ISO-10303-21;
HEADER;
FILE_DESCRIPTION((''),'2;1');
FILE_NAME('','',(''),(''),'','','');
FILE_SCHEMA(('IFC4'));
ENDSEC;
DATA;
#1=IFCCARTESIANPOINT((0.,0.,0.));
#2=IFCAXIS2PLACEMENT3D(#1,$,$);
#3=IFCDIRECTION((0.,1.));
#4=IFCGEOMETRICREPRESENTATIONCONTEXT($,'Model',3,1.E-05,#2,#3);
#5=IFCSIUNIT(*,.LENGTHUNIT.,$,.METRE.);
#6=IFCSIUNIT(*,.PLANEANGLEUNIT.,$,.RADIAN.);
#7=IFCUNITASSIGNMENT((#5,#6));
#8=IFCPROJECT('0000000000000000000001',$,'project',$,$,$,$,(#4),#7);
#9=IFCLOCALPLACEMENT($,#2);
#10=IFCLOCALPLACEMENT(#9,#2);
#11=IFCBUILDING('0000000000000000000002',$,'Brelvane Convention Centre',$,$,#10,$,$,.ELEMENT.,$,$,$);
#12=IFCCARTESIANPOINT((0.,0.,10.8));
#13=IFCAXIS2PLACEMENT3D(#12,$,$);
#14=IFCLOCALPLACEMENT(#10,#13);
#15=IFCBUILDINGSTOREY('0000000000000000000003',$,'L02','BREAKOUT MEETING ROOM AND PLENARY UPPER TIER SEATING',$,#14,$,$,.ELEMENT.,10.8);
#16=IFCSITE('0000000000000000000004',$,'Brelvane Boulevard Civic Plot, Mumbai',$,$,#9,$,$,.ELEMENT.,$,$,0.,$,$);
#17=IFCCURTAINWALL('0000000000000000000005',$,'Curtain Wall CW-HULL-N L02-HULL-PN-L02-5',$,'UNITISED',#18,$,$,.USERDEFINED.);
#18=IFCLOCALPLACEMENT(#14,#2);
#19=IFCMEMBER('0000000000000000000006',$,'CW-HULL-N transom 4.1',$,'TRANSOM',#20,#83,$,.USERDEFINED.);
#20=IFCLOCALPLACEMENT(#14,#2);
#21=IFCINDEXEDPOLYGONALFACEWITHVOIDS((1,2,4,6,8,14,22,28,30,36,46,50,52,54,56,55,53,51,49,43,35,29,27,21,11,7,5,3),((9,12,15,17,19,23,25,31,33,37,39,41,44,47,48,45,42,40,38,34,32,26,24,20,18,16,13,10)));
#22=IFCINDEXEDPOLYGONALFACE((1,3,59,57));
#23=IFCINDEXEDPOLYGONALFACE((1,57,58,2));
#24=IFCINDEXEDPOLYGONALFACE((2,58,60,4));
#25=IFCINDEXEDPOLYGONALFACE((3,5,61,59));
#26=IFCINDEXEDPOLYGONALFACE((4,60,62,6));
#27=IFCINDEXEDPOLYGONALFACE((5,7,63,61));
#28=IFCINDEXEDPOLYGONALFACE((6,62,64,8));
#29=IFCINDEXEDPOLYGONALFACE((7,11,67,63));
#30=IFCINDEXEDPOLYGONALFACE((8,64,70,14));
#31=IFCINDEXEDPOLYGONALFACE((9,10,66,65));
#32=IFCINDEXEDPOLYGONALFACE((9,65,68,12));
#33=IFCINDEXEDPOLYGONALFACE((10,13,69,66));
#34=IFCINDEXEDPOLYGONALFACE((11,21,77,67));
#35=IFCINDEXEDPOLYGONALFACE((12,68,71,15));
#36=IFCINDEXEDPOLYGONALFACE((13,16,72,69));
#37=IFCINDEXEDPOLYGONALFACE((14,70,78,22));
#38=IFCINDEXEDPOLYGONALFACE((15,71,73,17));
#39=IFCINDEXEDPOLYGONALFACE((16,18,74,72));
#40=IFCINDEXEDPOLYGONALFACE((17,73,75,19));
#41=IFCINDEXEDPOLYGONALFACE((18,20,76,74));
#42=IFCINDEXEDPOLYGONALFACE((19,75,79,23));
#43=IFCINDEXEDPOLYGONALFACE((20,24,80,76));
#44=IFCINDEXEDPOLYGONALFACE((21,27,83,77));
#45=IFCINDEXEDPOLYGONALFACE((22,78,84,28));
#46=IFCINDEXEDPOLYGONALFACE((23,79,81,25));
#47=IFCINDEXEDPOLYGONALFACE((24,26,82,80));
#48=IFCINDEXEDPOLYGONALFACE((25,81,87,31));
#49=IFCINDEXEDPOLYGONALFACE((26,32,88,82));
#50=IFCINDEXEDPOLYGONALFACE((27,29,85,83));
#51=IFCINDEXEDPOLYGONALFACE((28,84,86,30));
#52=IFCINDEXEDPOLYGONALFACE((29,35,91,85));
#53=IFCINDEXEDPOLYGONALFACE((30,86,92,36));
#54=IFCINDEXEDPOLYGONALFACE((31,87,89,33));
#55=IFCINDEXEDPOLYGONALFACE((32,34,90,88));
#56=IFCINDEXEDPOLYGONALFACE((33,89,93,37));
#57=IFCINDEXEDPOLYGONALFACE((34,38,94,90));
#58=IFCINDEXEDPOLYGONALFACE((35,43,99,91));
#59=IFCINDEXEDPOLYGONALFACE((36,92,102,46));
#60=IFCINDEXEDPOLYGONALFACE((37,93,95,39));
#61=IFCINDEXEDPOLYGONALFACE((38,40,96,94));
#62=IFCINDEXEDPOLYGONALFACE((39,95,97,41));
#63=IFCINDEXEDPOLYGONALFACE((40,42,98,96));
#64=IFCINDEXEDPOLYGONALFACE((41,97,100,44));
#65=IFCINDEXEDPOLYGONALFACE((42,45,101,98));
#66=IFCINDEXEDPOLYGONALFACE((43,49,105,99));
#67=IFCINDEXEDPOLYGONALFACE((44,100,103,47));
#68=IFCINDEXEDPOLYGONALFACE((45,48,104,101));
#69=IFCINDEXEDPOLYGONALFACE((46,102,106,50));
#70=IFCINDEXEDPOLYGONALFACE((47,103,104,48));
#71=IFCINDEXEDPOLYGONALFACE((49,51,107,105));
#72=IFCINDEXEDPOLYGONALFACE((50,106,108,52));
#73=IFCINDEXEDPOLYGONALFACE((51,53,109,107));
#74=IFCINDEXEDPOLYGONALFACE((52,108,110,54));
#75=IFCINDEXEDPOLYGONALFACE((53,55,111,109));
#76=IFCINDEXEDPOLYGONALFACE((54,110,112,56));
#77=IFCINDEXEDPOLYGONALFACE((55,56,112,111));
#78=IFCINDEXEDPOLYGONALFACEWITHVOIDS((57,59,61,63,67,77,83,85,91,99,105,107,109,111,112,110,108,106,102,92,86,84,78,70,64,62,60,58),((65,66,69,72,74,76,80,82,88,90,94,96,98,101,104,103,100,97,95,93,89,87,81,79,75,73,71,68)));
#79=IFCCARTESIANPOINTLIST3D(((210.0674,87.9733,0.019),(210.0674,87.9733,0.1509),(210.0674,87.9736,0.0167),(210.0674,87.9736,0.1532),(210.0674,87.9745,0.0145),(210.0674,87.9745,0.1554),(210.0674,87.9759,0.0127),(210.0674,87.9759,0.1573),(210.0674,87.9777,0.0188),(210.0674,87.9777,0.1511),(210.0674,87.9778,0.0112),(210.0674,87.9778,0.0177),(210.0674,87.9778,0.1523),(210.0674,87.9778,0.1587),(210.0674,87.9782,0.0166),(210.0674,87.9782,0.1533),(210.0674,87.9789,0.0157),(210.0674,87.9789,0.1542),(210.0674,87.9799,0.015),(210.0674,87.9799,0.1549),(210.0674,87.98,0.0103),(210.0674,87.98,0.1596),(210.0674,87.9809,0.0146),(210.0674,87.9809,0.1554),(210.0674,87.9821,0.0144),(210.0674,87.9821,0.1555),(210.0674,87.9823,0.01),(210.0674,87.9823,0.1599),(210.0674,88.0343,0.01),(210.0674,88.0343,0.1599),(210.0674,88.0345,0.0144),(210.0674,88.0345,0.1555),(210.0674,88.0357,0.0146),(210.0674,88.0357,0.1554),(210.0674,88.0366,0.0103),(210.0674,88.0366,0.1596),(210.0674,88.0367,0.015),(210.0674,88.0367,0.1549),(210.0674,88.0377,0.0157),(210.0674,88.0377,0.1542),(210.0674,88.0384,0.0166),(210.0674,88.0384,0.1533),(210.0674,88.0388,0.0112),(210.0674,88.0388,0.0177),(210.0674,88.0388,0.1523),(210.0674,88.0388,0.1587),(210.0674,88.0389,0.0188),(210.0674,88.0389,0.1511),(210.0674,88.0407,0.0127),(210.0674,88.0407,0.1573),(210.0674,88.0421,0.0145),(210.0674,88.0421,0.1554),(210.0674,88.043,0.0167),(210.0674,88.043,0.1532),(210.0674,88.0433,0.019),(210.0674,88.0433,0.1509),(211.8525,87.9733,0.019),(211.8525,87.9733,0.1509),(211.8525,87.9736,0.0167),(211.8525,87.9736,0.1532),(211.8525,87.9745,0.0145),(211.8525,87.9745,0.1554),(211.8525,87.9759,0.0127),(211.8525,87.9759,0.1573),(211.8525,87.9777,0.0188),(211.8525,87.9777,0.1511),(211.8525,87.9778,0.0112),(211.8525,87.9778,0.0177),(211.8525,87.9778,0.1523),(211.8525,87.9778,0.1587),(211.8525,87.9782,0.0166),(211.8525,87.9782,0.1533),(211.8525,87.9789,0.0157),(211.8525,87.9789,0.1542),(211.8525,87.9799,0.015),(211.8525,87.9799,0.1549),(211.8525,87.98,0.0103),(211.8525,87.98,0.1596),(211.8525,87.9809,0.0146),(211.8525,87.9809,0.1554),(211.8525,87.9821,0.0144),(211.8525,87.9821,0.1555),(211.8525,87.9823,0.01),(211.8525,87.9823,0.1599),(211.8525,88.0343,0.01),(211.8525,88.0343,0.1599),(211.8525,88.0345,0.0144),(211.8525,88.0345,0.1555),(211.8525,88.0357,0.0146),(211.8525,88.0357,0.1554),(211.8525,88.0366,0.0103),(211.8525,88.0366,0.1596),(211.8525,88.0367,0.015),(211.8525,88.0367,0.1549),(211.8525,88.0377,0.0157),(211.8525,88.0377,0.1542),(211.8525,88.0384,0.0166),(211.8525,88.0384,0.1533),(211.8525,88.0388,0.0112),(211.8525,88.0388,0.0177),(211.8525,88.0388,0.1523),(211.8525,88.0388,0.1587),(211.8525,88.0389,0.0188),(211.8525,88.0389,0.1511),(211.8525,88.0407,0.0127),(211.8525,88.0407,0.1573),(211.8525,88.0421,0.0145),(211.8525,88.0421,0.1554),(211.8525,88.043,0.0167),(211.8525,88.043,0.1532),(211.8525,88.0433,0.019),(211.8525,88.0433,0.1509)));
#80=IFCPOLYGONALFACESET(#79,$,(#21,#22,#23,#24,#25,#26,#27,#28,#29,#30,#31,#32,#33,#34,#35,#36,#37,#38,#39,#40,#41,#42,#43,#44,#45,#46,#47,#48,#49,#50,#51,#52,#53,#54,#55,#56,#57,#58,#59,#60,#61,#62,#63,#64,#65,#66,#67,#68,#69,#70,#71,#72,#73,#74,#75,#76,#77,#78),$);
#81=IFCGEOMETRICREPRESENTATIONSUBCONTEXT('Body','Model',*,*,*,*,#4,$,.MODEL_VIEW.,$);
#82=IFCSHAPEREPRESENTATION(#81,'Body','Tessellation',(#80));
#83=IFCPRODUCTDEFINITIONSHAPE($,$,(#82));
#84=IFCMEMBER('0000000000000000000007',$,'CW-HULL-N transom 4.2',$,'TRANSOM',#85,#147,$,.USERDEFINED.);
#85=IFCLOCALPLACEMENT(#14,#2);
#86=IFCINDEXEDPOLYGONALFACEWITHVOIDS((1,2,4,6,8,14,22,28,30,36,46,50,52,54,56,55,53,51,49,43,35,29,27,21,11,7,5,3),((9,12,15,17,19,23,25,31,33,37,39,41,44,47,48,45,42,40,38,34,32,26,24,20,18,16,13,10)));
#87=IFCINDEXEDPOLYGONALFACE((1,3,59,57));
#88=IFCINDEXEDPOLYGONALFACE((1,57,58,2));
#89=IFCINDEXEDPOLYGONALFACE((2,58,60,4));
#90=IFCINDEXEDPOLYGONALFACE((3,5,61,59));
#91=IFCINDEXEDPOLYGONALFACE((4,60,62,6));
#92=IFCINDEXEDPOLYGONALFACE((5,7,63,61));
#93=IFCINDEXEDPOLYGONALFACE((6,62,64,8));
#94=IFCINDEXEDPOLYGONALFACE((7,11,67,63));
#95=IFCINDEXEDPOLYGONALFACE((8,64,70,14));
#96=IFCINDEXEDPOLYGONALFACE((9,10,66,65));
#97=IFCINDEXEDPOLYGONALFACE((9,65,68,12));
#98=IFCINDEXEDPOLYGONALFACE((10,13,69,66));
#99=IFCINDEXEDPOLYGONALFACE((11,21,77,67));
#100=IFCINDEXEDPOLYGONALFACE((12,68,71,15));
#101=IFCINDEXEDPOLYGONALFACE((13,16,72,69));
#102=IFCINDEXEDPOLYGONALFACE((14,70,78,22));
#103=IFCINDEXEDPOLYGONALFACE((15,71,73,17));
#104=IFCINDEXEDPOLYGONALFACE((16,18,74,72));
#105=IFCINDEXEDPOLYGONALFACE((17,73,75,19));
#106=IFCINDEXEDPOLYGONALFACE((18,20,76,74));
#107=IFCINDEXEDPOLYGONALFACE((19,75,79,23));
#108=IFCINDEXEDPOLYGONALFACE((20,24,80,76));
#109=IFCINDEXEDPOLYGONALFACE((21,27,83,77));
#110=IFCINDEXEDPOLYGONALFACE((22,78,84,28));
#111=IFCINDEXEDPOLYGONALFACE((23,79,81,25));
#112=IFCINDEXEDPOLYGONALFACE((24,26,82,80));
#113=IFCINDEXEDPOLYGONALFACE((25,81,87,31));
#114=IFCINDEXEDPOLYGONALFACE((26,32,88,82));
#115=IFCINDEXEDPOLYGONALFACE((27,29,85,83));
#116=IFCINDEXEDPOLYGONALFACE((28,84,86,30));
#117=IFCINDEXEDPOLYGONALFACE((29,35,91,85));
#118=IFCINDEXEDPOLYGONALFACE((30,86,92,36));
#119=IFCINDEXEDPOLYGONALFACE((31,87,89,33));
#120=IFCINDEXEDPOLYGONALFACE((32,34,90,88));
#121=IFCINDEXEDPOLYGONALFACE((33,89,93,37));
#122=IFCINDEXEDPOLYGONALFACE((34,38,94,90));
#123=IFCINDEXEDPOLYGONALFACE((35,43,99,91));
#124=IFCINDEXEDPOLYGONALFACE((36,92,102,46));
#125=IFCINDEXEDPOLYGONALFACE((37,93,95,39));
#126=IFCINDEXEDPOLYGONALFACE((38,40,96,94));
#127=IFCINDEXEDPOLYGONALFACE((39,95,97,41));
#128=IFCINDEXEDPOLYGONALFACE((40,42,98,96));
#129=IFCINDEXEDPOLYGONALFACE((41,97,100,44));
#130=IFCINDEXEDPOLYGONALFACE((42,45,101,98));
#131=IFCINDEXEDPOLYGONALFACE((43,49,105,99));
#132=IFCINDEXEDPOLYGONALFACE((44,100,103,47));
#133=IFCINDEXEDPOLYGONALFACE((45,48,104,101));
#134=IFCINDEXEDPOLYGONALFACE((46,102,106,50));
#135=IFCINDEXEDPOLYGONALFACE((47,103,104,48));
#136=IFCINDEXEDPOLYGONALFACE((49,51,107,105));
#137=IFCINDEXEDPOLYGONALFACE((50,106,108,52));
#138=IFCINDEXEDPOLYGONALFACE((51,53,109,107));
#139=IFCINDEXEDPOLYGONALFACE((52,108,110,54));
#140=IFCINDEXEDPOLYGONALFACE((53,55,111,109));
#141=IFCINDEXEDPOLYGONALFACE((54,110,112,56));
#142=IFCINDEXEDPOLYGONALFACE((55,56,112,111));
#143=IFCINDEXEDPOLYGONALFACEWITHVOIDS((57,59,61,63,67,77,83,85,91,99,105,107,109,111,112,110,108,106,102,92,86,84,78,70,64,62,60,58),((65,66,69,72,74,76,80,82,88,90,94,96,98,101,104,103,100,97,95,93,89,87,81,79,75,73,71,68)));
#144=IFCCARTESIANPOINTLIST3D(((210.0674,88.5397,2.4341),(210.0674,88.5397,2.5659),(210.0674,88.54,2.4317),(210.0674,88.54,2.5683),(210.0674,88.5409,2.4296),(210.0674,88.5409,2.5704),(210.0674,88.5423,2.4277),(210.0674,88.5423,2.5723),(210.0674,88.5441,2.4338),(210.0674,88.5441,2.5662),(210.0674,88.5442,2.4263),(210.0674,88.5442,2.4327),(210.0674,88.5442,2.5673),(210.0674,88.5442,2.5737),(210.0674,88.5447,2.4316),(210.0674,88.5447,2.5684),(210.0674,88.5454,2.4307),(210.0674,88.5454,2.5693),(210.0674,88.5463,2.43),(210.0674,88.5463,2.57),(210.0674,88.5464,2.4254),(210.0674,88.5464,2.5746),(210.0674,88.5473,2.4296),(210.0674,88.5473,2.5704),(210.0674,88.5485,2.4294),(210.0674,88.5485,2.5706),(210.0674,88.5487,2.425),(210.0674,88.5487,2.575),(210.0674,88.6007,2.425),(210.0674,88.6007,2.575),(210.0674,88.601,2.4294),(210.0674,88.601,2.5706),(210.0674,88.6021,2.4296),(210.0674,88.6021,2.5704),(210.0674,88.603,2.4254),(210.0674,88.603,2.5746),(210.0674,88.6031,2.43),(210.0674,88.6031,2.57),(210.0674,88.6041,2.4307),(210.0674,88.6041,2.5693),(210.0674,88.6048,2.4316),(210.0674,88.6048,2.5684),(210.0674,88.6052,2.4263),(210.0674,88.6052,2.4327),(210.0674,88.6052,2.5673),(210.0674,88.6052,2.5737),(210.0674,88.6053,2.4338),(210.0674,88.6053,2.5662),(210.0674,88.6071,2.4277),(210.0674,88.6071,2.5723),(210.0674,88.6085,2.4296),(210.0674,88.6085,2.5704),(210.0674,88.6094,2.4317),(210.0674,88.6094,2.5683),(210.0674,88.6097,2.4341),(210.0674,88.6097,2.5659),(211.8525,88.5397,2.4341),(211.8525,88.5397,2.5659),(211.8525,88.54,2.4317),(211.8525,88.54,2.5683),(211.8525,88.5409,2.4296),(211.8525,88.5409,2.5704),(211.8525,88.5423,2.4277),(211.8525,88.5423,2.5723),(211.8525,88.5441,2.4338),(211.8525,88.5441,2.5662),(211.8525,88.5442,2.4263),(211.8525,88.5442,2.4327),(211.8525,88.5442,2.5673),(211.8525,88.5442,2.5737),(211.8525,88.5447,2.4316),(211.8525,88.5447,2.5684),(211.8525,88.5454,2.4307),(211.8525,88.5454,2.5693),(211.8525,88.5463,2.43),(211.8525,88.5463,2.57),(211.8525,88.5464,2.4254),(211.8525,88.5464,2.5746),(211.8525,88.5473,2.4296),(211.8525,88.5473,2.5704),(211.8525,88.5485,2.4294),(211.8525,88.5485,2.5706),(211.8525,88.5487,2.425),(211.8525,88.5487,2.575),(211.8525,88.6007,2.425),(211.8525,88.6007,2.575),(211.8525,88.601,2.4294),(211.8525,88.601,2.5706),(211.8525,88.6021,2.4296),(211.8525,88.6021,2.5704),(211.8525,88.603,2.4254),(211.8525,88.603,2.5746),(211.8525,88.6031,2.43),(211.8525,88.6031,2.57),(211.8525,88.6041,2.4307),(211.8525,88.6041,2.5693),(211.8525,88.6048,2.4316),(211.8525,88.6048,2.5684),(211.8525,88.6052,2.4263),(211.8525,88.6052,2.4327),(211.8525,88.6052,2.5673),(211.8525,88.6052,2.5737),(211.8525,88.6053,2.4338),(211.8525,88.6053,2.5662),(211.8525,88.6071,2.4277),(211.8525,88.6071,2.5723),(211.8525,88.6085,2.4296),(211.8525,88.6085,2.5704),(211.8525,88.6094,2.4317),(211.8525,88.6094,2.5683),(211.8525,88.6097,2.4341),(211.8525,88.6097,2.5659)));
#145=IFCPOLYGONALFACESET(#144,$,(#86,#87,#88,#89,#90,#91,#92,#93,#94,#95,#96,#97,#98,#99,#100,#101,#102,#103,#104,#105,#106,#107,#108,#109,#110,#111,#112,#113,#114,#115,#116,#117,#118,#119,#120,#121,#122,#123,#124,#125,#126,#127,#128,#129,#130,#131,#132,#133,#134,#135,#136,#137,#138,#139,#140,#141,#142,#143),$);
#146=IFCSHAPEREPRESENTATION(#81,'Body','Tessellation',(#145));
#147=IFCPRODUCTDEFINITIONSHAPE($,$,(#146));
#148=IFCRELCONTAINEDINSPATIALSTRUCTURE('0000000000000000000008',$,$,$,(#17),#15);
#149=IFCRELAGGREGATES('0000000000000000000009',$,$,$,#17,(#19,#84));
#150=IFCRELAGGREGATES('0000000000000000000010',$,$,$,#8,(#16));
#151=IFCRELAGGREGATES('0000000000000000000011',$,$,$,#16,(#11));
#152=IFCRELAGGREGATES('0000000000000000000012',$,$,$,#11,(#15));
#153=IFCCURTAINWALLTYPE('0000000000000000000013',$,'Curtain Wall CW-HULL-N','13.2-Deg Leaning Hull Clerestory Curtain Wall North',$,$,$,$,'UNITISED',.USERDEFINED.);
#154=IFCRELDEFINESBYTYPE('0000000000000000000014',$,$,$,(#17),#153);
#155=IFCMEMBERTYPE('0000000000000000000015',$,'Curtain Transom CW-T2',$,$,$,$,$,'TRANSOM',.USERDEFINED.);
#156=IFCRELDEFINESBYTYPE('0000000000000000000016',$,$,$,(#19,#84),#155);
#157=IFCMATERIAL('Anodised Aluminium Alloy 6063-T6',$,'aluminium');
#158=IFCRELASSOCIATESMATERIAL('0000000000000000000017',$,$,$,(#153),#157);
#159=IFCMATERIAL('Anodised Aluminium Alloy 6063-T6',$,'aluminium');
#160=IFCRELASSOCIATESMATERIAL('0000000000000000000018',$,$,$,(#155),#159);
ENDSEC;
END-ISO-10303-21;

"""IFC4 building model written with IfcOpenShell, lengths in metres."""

from ifc_helpers import new_model, si_unit, direction, frame, origin, origin_2d, place, context, subcontext, project, spatial, hollow_rectangle, extrude, material, material_profile, profile_set, type_object, element, aggregate, save


model = new_model("IFC4")

# Units and contexts
model_context = context("Model", 3, precision=1e-05, world=origin(), true_north=direction((0.0, 1.0)))
body_context = subcontext(model_context, "Body", "Model", "MODEL_VIEW")
ifc_project = project(units=[si_unit("LENGTHUNIT", "METRE"), si_unit("PLANEANGLEUNIT", "RADIAN")], contexts=[model_context])

# Site, building, storey
site_placement = place(None, origin())
site = spatial("IfcSite", under=ifc_project, at=site_placement, Name="Brelvane Boulevard Civic Plot, Mumbai", CompositionType="ELEMENT", RefElevation=0.0)
building_placement = place(site_placement, origin())
building = spatial("IfcBuilding", under=site, at=building_placement, Name="Brelvane Convention Centre", CompositionType="ELEMENT")
storey_placement = place(building_placement, frame((0.0, 0.0, 10.8)))
storey = spatial("IfcBuildingStorey", under=building, at=storey_placement, Name="L02", Description="BREAKOUT MEETING ROOM AND PLENARY UPPER TIER SEATING", CompositionType="ELEMENT", Elevation=10.8)

# Curtain wall
ifc_material_1 = material(Name="Anodised Aluminium Alloy 6063-T6", Category="aluminium")
curtain_wall_type = type_object("IfcCurtainWallType", Name="Curtain Wall CW-HULL-N", Description="13.2-Deg Leaning Hull Clerestory Curtain Wall North", ElementType="UNITISED", PredefinedType="USERDEFINED", material=ifc_material_1)
curtain_wall_1_placement = place(storey_placement, origin())
curtain_wall_1 = element("IfcCurtainWall", 1, at=curtain_wall_1_placement, inside=storey, type_object=curtain_wall_type, Name="Curtain Wall CW-HULL-N L02-HULL-PN-L02-5", ObjectType="UNITISED", PredefinedType="USERDEFINED")

# Members
ifc_material_2 = material(Name="Anodised Aluminium Alloy 6063-T6", Category="aluminium")
ifc_material_profile_1 = material_profile(ifc_material_2, hollow_rectangle(XDim=0.0701, YDim=0.1499, WallThickness=0.0044, InnerFilletRadius=0.0044, OuterFilletRadius=0.009, at=origin_2d()), Name="ALU-T 150x70x4.5")
ifc_profile_set_1 = profile_set([ifc_material_profile_1], Name="Anodised Aluminium Alloy 6063-T6")
member_type_1 = type_object("IfcMemberType", Name="Curtain Transom CW-T2", ElementType="TRANSOM", PredefinedType="USERDEFINED", material=ifc_profile_set_1)
member_1_placement = place(storey_placement, frame((210.0674, 88.0083, 0.085), z_axis=(1.0, 0.0, 0.0), x_axis=(0.0, 1.0, 0.0)))
member_1 = element("IfcMember", 2, at=member_1_placement, type_object=member_type_1, Name="CW-HULL-N transom 4.1", ObjectType="TRANSOM", PredefinedType="USERDEFINED", context=body_context, shape_type="SweptSolid", body=[
    extrude(hollow_rectangle(XDim=0.0701, YDim=0.1499, WallThickness=0.0044, InnerFilletRadius=0.0044, OuterFilletRadius=0.009, at=origin_2d()), origin(), (0.0, 0.0, 1.0), 1.7852),
])
member_2_placement = place(storey_placement, frame((210.0674, 88.5747, 2.5), z_axis=(1.0, 0.0, 0.0), x_axis=(0.0, 1.0, 0.0)))
member_2 = element("IfcMember", 3, at=member_2_placement, type_object=member_type_1, Name="CW-HULL-N transom 4.2", ObjectType="TRANSOM", PredefinedType="USERDEFINED", context=body_context, shape_type="SweptSolid", body=[
    extrude(hollow_rectangle(XDim=0.0701, YDim=0.1499, WallThickness=0.0044, InnerFilletRadius=0.0044, OuterFilletRadius=0.009, at=origin_2d()), origin(), (0.0, 0.0, 1.0), 1.7852),
])

aggregate(curtain_wall_1, [member_1, member_2])

save(model, "model.ifc")
